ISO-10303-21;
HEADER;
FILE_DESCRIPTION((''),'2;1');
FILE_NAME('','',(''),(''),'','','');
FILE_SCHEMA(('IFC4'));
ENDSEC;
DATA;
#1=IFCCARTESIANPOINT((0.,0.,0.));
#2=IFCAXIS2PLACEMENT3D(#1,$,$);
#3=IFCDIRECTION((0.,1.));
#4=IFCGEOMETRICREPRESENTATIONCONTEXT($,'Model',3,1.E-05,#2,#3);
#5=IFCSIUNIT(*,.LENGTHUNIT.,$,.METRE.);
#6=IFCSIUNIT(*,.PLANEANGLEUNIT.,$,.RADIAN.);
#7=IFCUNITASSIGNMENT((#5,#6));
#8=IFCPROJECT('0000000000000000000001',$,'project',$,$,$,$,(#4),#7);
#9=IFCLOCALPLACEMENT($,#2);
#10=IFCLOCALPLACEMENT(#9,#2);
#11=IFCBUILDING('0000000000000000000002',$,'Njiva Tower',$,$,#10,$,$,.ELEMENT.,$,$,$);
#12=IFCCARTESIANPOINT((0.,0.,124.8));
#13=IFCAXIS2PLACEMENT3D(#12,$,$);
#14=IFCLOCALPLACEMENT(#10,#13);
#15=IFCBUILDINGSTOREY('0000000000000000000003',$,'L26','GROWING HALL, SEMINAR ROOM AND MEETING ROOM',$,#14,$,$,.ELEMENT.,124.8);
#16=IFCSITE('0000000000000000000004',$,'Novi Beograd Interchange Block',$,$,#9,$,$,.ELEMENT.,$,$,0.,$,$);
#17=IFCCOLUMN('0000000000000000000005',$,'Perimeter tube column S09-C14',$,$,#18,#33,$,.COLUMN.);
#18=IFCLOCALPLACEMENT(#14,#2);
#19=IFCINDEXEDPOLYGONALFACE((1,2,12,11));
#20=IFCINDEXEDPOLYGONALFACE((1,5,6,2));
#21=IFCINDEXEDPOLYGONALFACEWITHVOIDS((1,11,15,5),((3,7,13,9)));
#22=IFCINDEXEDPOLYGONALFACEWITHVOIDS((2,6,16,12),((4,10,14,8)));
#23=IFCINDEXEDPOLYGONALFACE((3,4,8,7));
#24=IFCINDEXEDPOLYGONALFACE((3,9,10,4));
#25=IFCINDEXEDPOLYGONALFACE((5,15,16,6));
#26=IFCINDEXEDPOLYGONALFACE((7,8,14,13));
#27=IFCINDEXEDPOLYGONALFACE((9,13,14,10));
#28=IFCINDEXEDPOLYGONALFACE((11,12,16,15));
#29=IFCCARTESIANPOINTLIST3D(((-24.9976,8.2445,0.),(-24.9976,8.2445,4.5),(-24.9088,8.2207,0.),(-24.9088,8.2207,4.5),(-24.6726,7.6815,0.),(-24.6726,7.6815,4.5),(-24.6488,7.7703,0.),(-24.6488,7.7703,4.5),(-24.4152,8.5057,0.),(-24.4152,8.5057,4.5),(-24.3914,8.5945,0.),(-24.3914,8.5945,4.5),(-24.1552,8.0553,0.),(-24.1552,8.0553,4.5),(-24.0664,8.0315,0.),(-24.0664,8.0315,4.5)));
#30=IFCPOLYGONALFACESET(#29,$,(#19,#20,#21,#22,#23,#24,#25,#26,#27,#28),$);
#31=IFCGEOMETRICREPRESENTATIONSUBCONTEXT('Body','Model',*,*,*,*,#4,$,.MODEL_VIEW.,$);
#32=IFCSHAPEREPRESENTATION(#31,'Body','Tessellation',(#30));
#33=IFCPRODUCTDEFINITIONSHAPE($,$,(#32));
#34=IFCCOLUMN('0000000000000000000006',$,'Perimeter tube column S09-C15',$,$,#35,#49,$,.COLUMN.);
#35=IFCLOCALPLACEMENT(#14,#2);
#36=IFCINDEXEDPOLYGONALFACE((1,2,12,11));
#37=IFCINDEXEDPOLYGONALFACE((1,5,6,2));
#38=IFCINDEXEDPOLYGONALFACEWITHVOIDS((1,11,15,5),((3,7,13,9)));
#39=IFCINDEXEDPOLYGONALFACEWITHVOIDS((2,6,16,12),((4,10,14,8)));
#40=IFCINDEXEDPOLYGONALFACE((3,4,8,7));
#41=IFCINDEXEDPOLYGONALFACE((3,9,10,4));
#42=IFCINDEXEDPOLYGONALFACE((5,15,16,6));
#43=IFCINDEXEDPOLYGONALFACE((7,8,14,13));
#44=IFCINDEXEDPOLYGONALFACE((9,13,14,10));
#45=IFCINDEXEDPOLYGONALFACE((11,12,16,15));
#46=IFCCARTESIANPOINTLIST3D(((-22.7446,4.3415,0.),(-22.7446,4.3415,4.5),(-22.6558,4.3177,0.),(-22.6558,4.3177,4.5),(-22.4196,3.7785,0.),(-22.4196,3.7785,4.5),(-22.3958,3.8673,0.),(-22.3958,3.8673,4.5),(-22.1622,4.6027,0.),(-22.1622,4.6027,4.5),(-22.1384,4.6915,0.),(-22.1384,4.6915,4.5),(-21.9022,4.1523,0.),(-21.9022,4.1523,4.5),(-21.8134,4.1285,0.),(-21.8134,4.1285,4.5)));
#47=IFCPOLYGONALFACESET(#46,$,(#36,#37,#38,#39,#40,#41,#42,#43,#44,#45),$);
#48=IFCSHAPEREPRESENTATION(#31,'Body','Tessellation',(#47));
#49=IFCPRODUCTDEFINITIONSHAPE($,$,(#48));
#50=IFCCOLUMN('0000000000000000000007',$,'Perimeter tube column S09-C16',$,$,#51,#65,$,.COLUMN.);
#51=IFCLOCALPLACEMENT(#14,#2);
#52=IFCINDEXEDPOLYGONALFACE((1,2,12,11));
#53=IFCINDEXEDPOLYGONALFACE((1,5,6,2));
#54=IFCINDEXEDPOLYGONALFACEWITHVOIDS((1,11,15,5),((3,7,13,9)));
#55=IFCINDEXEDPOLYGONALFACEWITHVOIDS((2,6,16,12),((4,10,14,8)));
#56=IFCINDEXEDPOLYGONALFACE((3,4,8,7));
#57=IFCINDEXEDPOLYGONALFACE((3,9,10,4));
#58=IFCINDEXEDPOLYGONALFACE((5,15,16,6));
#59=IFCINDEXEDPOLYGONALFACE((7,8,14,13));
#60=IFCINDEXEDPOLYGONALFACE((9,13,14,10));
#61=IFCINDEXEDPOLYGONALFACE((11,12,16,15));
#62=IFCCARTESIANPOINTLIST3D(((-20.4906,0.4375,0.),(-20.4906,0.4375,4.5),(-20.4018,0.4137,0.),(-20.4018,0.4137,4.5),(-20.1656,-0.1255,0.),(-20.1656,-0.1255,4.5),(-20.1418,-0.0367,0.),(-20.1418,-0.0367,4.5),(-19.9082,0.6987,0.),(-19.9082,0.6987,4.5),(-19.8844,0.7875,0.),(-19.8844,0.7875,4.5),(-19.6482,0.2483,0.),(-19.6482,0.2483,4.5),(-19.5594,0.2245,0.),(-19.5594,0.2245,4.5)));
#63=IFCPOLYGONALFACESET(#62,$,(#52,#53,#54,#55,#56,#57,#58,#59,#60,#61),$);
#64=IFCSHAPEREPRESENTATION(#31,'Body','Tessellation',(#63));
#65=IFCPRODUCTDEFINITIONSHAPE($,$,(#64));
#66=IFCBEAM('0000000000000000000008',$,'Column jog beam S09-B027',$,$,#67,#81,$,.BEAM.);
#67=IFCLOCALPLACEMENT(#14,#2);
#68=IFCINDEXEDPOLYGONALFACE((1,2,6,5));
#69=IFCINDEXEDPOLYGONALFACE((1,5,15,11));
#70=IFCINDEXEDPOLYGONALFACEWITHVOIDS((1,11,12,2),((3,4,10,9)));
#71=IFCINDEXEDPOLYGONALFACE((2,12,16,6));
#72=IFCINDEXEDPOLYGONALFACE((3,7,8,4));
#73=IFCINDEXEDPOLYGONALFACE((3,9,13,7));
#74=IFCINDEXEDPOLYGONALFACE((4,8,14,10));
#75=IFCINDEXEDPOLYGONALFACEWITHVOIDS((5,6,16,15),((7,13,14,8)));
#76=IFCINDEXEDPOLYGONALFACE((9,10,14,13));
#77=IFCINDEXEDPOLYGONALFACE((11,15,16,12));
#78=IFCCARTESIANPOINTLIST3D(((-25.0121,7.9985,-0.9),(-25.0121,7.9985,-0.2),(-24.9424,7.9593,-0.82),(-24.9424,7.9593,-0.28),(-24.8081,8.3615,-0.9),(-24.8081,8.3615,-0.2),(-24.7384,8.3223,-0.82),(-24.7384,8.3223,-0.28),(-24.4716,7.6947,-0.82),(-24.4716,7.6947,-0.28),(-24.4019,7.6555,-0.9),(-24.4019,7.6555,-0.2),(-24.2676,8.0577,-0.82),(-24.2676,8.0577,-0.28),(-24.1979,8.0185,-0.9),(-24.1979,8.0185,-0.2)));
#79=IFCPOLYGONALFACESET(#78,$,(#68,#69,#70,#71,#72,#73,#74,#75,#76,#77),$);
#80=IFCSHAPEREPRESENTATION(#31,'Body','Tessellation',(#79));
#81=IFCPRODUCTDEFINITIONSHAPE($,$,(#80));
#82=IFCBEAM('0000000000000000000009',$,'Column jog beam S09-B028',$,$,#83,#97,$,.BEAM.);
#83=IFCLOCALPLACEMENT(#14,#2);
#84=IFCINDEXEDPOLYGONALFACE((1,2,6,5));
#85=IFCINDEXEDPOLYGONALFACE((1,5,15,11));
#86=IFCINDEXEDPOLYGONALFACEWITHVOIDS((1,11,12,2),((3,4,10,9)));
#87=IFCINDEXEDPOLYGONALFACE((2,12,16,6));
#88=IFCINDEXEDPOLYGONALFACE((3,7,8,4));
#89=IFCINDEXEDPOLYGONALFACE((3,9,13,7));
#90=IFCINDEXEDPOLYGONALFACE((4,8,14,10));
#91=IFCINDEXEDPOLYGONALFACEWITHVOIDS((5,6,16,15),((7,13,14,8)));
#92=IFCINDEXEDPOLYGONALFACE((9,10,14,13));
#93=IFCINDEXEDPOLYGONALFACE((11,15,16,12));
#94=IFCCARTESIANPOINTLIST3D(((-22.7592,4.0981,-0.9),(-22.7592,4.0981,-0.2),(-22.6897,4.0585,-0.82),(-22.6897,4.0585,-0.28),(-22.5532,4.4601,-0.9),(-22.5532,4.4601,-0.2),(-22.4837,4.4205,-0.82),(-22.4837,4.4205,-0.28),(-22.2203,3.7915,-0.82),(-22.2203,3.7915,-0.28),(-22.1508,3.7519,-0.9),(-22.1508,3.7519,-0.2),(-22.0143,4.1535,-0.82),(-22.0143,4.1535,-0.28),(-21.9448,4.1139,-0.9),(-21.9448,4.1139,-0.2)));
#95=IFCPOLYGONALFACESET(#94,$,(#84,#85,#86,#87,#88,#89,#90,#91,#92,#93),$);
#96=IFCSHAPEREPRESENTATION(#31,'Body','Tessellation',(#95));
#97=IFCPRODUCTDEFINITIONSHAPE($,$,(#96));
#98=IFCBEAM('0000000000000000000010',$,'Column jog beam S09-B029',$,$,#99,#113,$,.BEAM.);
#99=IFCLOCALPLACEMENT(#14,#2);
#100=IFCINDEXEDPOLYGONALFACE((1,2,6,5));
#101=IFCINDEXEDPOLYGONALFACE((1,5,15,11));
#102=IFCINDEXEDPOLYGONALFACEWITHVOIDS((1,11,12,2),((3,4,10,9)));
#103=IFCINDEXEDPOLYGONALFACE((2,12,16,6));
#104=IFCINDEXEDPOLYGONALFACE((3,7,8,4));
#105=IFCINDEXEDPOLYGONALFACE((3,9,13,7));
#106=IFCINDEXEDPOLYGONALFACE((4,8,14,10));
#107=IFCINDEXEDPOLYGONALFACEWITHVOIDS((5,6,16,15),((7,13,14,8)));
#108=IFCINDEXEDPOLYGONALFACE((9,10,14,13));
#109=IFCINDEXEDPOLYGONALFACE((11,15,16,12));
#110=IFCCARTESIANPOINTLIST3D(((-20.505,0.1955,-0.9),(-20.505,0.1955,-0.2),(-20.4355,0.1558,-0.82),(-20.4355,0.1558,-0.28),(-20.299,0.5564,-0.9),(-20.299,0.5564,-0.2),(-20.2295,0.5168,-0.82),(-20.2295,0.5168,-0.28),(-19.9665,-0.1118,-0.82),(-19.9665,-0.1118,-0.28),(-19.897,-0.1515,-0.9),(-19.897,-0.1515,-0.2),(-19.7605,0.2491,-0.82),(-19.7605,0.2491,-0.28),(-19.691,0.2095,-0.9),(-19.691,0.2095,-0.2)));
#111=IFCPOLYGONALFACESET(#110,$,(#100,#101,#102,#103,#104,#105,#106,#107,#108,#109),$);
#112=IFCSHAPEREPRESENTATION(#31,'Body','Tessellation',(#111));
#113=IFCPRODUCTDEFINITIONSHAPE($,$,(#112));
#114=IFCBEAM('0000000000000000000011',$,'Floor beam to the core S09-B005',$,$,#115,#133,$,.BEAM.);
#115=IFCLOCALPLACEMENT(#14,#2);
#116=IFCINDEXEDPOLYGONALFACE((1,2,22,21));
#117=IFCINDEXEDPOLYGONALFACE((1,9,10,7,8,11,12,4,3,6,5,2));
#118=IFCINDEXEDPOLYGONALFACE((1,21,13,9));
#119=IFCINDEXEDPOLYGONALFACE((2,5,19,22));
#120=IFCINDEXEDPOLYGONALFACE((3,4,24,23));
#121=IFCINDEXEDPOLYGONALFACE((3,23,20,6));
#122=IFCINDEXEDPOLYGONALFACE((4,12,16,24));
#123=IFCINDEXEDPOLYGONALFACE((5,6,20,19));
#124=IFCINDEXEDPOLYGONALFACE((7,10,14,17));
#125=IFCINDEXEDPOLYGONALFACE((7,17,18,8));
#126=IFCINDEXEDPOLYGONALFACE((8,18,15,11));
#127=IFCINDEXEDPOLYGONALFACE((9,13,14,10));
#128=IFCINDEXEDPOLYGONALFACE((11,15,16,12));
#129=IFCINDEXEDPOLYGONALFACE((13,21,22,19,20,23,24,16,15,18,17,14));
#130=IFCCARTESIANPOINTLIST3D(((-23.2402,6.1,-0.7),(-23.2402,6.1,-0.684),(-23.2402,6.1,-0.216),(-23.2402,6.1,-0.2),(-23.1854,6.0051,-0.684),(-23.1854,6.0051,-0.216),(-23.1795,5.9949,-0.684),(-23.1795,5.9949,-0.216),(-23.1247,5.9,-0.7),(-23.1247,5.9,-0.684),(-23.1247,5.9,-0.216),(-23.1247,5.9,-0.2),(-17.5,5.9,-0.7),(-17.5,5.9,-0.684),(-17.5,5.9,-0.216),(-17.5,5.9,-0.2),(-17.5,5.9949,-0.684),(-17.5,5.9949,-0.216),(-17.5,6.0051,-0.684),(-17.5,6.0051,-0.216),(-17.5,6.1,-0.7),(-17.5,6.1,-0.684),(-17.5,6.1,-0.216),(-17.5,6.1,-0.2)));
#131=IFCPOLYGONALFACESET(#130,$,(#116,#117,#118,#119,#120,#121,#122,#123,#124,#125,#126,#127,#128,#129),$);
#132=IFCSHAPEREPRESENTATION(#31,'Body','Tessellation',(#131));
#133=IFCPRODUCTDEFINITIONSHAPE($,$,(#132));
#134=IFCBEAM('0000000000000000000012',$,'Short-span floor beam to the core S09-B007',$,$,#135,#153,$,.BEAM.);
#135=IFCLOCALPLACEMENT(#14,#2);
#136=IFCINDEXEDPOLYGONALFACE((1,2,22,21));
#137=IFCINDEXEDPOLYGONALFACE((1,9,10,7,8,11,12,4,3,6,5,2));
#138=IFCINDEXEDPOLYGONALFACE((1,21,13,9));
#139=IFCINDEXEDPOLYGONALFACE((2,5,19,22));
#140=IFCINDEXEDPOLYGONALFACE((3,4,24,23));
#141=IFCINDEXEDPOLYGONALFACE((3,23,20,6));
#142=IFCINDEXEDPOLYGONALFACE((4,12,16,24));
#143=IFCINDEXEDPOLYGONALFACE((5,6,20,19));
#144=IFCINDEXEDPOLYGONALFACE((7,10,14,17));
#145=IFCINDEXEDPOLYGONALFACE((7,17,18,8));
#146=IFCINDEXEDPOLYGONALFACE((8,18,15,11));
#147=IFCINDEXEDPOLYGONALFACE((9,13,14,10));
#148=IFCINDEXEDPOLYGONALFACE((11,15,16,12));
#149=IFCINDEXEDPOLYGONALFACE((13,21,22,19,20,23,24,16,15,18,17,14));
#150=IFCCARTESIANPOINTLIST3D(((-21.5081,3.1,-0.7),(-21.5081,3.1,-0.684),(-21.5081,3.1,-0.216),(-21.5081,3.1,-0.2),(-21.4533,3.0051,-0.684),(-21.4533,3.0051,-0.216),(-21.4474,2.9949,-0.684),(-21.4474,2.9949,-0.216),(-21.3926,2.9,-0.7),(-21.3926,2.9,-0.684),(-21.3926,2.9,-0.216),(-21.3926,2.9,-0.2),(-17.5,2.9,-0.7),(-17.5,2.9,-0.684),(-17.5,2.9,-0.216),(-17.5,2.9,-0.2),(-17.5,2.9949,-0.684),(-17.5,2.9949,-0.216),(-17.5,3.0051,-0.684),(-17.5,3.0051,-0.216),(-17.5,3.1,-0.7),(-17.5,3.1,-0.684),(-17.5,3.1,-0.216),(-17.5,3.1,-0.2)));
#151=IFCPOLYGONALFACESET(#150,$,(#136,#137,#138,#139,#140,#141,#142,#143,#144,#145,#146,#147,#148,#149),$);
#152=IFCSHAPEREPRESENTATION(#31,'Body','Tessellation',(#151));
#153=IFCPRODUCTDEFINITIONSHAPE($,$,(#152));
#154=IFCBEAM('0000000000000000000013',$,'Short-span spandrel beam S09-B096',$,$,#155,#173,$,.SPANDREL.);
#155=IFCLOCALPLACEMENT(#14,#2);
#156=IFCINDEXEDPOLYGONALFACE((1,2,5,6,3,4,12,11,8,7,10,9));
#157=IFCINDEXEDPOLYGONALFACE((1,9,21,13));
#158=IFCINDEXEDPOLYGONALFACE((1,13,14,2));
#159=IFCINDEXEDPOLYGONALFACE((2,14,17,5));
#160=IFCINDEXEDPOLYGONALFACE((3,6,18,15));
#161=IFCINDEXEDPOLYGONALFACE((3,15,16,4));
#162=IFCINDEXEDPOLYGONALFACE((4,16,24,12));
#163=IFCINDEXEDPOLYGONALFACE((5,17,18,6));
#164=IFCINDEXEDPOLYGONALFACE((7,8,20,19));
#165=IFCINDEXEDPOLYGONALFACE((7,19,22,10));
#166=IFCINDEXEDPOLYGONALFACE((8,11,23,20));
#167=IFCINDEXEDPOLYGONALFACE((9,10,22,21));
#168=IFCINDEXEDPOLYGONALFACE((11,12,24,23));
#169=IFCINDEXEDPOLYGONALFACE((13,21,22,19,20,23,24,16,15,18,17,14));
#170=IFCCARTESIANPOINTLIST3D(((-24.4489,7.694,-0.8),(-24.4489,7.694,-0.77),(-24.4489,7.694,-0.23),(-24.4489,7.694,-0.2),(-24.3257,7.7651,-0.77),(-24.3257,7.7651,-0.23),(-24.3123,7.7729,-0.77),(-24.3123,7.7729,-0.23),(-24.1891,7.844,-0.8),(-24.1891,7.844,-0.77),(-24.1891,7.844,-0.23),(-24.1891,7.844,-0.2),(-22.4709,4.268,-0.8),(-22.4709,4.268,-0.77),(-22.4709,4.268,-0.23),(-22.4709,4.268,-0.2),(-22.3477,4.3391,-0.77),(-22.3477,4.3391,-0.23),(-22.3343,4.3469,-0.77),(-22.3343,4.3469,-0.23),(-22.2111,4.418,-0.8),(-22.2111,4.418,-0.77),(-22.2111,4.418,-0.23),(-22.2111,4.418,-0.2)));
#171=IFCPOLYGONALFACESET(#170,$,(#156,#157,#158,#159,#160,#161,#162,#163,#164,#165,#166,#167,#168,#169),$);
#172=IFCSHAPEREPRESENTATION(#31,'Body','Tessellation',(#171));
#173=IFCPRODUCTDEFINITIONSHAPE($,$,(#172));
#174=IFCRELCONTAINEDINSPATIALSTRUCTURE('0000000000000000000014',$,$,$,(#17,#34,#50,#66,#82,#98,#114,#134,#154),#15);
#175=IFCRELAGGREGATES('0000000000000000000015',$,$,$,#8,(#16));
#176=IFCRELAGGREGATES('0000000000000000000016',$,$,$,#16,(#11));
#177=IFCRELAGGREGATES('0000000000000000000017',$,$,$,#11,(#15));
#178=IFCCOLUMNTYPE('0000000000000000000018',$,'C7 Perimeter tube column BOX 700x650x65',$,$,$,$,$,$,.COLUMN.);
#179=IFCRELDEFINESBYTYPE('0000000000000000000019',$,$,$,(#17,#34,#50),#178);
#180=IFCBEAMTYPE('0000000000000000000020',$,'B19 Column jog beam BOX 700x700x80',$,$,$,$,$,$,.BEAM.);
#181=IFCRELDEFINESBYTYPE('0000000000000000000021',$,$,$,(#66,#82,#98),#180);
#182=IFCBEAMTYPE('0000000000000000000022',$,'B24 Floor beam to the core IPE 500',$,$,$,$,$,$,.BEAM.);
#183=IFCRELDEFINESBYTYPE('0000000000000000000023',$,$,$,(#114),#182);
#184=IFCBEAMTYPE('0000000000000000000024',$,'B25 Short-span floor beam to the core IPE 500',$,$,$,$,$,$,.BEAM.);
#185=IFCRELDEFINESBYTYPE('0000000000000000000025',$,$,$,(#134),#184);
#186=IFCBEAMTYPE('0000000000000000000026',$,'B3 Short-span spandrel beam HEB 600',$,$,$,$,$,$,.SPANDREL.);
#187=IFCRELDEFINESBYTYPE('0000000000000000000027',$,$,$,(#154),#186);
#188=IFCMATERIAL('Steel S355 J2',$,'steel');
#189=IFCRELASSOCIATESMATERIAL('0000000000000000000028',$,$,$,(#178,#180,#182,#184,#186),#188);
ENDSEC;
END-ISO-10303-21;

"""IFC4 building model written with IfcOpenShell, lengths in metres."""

from ifc_helpers import new_model, si_unit, direction, frame, origin, origin_2d, place, context, subcontext, project, spatial, hollow_rectangle, i_section, extrude, clip, halfspace, material, material_profile, profile_set, type_object, element, save


model = new_model("IFC4")

# Units and contexts
model_context = context("Model", 3, precision=1e-05, world=origin(), true_north=direction((0.0, 1.0)))
body_context = subcontext(model_context, "Body", "Model", "MODEL_VIEW")
ifc_project = project(units=[si_unit("LENGTHUNIT", "METRE"), si_unit("PLANEANGLEUNIT", "RADIAN")], contexts=[model_context])

# Site, building, storey
site_placement = place(None, origin())
site = spatial("IfcSite", under=ifc_project, at=site_placement, Name="Novi Beograd Interchange Block", CompositionType="ELEMENT", RefElevation=0.0)
building_placement = place(site_placement, origin())
building = spatial("IfcBuilding", under=site, at=building_placement, Name="Njiva Tower", CompositionType="ELEMENT")
storey_placement = place(building_placement, frame((0.0, 0.0, 124.8)))
storey = spatial("IfcBuildingStorey", under=building, at=storey_placement, Name="L26", Description="GROWING HALL, SEMINAR ROOM AND MEETING ROOM", CompositionType="ELEMENT", Elevation=124.8)

# Columns
ifc_material_1 = material(Name="Steel S355 J2", Category="steel")
ifc_material_profile_1 = material_profile(ifc_material_1, hollow_rectangle(XDim=0.65, YDim=0.7, WallThickness=0.065, at=origin_2d()), Name="BOX 700x650x65")
ifc_profile_set_1 = profile_set([ifc_material_profile_1], Name="Steel S355 J2")
column_type = type_object("IfcColumnType", Name="C7 Perimeter tube column BOX 700x650x65", PredefinedType="COLUMN", material=ifc_profile_set_1)
for number, where, z_axis, x_axis, name in (
    (1, (-24.532, 8.138, 0.0), (0.0, 0.0, 1.0), (0.5, -0.866025, 0.0), "Perimeter tube column S09-C14"),
    (2, (-22.279, 4.235, 0.0), (0.0, 0.0, 1.0), (0.5, -0.866025, 0.0), "Perimeter tube column S09-C15"),
    (3, (-20.025, 0.331, 0.0), (0.0, 0.0, 1.0), (0.5, -0.866025, 0.0), "Perimeter tube column S09-C16"),
):
    element("IfcColumn", number, at=place(storey_placement, frame(where, z_axis=z_axis, x_axis=x_axis)), inside=storey, type_object=column_type, Name=name, PredefinedType="COLUMN", context=body_context, shape_type="SweptSolid", body=[
        extrude(hollow_rectangle(XDim=0.65, YDim=0.7, WallThickness=0.065, at=origin_2d()), origin(), (0.0, 0.0, 1.0), 4.5),
    ])

# Beams
ifc_material_profile_2 = material_profile(ifc_material_1, hollow_rectangle(XDim=0.7, YDim=0.7, WallThickness=0.08, at=origin_2d()), Name="BOX 700x700x80")
ifc_profile_set_2 = profile_set([ifc_material_profile_2], Name="Steel S355 J2")
beam_type_1 = type_object("IfcBeamType", Name="B19 Column jog beam BOX 700x700x80", PredefinedType="BEAM", material=ifc_profile_set_2)
beam_1_placement = place(storey_placement, frame((-24.707, 7.827, -0.55), z_axis=(0.489919, 0.871768, 0.0), x_axis=(-0.871768, 0.489919, 0.0)))
element("IfcBeam", 4, at=beam_1_placement, inside=storey, type_object=beam_type_1, Name="Column jog beam S09-B027", PredefinedType="BEAM", context=body_context, shape_type="SweptSolid", body=[
    extrude(hollow_rectangle(XDim=0.7, YDim=0.7, WallThickness=0.08, at=origin_2d()), origin(), (0.0, 0.0, 1.0), 0.4164),
])
beam_2_placement = place(storey_placement, frame((-22.455, 3.925, -0.55), z_axis=(0.494587, 0.869128, 0.0), x_axis=(-0.869128, 0.494587, 0.0)))
element("IfcBeam", 5, at=beam_2_placement, inside=storey, type_object=beam_type_1, Name="Column jog beam S09-B028", PredefinedType="BEAM", context=body_context, shape_type="SweptSolid", body=[
    extrude(hollow_rectangle(XDim=0.7, YDim=0.7, WallThickness=0.08, at=origin_2d()), origin(), (0.0, 0.0, 1.0), 0.4165),
])
beam_3_placement = place(storey_placement, frame((-20.201, 0.022, -0.55), z_axis=(0.495621, 0.868539, 0.0), x_axis=(-0.868539, 0.495621, 0.0)))
element("IfcBeam", 6, at=beam_3_placement, inside=storey, type_object=beam_type_1, Name="Column jog beam S09-B029", PredefinedType="BEAM", context=body_context, shape_type="SweptSolid", body=[
    extrude(hollow_rectangle(XDim=0.7, YDim=0.7, WallThickness=0.08, at=origin_2d()), origin(), (0.0, 0.0, 1.0), 0.4156),
])
ifc_material_profile_3 = material_profile(ifc_material_1, i_section(OverallWidth=0.2, OverallDepth=0.5, WebThickness=0.0102, FlangeThickness=0.016, at=origin_2d()), Name="IPE 500")
ifc_profile_set_3 = profile_set([ifc_material_profile_3], Name="Steel S355 J2")
beam_type_2 = type_object("IfcBeamType", Name="B24 Floor beam to the core IPE 500", PredefinedType="BEAM", material=ifc_profile_set_3)
beam_4_placement = place(storey_placement, frame((-23.26, 6.0, -0.45), z_axis=(1.0, 0.0, 0.0), x_axis=(0.0, 1.0, 0.0)))
element("IfcBeam", 7, at=beam_4_placement, inside=storey, type_object=beam_type_2, Name="Floor beam to the core S09-B005", PredefinedType="BEAM", context=body_context, shape_type="Clipping", body=[
    clip(extrude(i_section(OverallWidth=0.2, OverallDepth=0.5, WebThickness=0.0102, FlangeThickness=0.016, at=origin_2d()), origin(), (0.0, 0.0, 1.0), 5.76), halfspace(frame((-0.025, 0.0, 0.092), z_axis=(-0.499998, 0.0, -0.866027), x_axis=(0.0, -1.0, 0.0)), False)),
])
ifc_material_profile_4 = material_profile(ifc_material_1, i_section(OverallWidth=0.2, OverallDepth=0.5, WebThickness=0.0102, FlangeThickness=0.016, at=origin_2d()), Name="IPE 500")
ifc_profile_set_4 = profile_set([ifc_material_profile_4], Name="Steel S355 J2")
beam_type_3 = type_object("IfcBeamType", Name="B25 Short-span floor beam to the core IPE 500", PredefinedType="BEAM", material=ifc_profile_set_4)
beam_5_placement = place(storey_placement, frame((-21.528, 3.0, -0.45), z_axis=(1.0, 0.0, 0.0), x_axis=(0.0, 1.0, 0.0)))
element("IfcBeam", 8, at=beam_5_placement, inside=storey, type_object=beam_type_3, Name="Short-span floor beam to the core S09-B007", PredefinedType="BEAM", context=body_context, shape_type="Clipping", body=[
    clip(extrude(i_section(OverallWidth=0.2, OverallDepth=0.5, WebThickness=0.0102, FlangeThickness=0.016, at=origin_2d()), origin(), (0.0, 0.0, 1.0), 4.028), halfspace(frame((-0.025, 0.0, 0.0921), z_axis=(-0.499998, 0.0, -0.866027), x_axis=(0.0, -1.0, 0.0)), False)),
])
ifc_material_profile_5 = material_profile(ifc_material_1, i_section(OverallWidth=0.3, OverallDepth=0.6, WebThickness=0.0155, FlangeThickness=0.03, at=origin_2d()), Name="HEB 600")
ifc_profile_set_5 = profile_set([ifc_material_profile_5], Name="Steel S355 J2")
beam_type_4 = type_object("IfcBeamType", Name="B3 Short-span spandrel beam HEB 600", PredefinedType="SPANDREL", material=ifc_profile_set_5)
beam_6_placement = place(storey_placement, frame((-24.319, 7.769, -0.5), z_axis=(0.5, -0.866026, 0.0), x_axis=(0.866026, 0.5, 0.0)))
element("IfcBeam", 9, at=beam_6_placement, inside=storey, type_object=beam_type_4, Name="Short-span spandrel beam S09-B096", PredefinedType="SPANDREL", context=body_context, shape_type="SweptSolid", body=[
    extrude(i_section(OverallWidth=0.3, OverallDepth=0.6, WebThickness=0.0155, FlangeThickness=0.03, at=origin_2d()), origin(), (0.0, 0.0, 1.0), 3.956),
])

save(model, "model.ifc")
